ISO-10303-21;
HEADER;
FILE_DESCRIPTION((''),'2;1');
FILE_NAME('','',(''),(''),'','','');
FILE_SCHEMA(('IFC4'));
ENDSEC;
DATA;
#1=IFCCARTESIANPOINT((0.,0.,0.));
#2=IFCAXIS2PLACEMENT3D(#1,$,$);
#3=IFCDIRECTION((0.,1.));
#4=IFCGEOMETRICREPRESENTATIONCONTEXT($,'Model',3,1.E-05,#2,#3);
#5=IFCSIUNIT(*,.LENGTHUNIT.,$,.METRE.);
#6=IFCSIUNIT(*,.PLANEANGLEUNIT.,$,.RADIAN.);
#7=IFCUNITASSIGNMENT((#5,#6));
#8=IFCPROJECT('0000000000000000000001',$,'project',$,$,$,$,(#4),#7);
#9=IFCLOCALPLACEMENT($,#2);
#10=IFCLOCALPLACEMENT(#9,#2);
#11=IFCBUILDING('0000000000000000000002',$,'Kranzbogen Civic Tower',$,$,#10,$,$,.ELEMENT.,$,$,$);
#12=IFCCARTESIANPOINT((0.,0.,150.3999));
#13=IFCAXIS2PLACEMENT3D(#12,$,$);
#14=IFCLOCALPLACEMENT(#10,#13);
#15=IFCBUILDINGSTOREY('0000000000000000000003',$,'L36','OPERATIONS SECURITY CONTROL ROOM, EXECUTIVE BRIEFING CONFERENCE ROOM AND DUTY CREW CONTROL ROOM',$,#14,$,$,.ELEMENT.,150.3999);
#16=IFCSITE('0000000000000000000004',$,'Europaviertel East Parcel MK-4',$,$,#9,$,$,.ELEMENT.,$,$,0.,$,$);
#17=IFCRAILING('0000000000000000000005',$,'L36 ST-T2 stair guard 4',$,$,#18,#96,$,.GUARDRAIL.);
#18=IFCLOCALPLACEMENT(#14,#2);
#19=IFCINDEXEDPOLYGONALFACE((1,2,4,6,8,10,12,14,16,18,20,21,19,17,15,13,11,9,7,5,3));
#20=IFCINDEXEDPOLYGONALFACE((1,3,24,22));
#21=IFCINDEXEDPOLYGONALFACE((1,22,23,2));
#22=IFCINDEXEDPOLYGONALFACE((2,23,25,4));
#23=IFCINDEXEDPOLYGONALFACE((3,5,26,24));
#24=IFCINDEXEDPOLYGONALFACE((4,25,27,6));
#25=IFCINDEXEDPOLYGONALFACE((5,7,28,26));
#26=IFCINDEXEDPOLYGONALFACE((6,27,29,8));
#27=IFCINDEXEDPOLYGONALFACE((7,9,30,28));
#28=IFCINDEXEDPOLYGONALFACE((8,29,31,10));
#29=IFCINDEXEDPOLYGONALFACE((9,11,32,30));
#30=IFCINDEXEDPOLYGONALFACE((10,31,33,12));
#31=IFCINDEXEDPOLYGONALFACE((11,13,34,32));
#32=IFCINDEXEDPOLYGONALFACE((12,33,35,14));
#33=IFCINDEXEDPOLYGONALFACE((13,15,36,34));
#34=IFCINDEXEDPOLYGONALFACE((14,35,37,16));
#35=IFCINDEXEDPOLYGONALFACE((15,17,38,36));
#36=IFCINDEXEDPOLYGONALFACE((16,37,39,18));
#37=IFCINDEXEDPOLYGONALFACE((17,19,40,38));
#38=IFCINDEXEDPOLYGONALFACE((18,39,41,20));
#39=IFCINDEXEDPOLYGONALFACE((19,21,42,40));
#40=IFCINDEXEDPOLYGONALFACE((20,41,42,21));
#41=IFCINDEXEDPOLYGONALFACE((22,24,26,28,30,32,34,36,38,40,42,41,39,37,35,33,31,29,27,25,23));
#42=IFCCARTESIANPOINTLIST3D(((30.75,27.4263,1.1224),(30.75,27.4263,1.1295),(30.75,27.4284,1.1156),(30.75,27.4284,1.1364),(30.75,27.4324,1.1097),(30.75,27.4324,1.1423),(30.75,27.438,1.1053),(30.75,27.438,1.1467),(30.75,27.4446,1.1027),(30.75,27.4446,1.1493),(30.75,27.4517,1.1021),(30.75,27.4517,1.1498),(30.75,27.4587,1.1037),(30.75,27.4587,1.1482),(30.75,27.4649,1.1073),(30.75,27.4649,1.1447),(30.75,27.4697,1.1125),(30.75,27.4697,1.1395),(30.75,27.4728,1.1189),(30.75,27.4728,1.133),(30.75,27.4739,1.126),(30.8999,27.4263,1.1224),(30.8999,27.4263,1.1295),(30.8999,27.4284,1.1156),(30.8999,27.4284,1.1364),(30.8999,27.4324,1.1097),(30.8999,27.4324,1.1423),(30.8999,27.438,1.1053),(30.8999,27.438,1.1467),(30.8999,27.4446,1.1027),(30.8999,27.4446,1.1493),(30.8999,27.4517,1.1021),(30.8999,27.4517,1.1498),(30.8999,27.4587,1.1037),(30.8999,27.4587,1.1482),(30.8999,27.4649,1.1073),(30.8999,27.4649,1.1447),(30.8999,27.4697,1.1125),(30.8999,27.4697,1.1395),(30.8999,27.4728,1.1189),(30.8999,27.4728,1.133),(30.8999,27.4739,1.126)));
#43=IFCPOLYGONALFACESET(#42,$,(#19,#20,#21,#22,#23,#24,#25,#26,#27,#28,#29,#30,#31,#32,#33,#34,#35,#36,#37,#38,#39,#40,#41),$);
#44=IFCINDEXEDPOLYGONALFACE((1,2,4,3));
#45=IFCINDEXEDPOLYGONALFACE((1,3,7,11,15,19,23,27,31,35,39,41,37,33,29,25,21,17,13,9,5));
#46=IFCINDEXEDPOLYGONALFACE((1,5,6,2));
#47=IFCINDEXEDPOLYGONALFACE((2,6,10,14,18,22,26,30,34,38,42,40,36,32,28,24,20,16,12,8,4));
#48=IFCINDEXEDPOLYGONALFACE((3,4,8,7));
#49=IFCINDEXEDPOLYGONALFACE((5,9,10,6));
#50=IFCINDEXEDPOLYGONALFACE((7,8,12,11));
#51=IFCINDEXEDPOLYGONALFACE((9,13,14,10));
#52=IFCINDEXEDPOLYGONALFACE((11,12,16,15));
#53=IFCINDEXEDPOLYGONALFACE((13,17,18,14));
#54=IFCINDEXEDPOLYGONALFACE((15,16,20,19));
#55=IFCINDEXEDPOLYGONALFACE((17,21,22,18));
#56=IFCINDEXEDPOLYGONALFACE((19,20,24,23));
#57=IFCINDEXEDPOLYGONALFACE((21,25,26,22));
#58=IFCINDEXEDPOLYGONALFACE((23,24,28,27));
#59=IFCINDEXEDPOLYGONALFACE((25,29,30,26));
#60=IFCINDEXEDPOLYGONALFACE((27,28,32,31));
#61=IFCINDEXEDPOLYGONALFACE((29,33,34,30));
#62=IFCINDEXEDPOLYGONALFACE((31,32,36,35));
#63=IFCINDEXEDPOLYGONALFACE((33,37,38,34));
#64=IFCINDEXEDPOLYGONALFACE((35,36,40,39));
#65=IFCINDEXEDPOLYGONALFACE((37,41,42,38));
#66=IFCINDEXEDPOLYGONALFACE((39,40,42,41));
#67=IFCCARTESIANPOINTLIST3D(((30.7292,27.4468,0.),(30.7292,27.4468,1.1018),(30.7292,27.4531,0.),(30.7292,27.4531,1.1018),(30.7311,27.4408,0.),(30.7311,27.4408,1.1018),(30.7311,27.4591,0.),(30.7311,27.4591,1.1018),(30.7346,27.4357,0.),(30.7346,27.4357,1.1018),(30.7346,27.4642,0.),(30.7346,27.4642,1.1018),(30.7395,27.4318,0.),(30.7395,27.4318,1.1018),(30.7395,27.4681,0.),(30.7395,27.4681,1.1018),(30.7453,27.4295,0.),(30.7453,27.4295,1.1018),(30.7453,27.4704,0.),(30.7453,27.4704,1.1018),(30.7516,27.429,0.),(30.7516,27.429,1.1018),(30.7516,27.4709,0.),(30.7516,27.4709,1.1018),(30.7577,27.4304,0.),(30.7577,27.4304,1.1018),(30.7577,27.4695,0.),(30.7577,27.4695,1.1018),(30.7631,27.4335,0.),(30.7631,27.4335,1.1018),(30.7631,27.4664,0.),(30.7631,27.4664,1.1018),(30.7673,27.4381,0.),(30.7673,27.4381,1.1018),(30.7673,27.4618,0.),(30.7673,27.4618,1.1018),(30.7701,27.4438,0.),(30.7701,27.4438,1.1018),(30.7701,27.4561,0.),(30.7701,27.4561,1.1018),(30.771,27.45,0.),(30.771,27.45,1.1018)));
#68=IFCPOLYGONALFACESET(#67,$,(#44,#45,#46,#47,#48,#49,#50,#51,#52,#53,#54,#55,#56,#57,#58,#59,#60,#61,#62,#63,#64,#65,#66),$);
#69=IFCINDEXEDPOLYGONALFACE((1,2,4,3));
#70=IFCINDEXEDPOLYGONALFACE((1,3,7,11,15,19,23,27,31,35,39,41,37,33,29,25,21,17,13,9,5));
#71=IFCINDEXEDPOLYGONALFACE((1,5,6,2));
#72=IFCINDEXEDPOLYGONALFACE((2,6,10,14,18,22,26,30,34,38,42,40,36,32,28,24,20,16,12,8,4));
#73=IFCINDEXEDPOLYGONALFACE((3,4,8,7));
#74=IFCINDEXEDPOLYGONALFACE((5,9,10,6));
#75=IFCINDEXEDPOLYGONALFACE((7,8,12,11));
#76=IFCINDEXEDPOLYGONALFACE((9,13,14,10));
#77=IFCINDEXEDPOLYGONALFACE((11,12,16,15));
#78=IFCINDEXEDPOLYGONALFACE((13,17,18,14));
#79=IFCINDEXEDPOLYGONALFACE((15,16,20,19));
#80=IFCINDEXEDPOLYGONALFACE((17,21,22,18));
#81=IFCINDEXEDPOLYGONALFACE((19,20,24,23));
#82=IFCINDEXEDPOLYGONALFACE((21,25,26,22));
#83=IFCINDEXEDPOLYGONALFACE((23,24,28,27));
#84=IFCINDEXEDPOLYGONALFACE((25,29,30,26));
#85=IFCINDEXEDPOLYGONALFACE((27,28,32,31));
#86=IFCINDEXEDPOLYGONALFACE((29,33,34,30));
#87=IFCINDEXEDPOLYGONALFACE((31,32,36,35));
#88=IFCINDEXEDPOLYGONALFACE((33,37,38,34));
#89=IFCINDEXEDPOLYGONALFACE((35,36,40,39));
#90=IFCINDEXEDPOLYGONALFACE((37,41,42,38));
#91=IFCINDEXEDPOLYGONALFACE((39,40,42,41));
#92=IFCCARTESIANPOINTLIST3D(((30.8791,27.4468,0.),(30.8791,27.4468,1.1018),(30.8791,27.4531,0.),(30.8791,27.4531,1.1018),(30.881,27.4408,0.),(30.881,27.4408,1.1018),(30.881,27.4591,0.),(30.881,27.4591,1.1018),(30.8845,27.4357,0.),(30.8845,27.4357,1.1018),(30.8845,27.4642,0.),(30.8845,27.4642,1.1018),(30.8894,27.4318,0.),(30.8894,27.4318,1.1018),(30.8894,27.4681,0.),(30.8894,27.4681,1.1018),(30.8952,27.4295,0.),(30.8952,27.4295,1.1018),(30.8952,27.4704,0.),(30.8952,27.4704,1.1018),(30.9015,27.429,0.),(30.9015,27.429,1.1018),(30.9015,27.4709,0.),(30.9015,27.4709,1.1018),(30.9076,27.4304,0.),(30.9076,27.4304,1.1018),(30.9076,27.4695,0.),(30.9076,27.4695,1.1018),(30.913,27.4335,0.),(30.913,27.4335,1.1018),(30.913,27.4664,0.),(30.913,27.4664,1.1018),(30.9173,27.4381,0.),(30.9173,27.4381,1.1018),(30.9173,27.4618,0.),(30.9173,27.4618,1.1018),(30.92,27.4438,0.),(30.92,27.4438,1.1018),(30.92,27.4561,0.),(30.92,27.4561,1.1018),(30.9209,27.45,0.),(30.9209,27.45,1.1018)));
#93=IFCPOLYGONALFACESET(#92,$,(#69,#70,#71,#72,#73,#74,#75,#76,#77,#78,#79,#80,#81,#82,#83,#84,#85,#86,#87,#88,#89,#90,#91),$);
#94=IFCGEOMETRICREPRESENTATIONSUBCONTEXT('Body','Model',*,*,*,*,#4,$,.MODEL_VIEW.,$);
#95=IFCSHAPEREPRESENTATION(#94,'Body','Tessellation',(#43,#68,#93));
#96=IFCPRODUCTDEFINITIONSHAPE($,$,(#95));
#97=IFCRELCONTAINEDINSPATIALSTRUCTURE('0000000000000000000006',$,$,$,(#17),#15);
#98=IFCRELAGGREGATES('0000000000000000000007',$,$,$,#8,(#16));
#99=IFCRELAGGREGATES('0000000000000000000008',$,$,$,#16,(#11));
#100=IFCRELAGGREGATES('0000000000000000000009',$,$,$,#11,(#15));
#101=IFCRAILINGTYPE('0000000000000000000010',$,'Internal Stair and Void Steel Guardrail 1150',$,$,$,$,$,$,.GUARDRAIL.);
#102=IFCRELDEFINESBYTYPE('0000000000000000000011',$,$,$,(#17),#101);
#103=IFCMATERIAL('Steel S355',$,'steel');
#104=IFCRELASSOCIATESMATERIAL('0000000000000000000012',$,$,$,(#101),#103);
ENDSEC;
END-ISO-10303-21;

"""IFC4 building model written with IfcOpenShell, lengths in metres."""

from ifc_helpers import new_model, si_unit, direction, frame, origin, origin_2d, place, context, subcontext, project, spatial, circle, extrude, material, type_object, element, save


model = new_model("IFC4")

# Units and contexts
model_context = context("Model", 3, precision=1e-05, world=origin(), true_north=direction((0.0, 1.0)))
body_context = subcontext(model_context, "Body", "Model", "MODEL_VIEW")
ifc_project = project(units=[si_unit("LENGTHUNIT", "METRE"), si_unit("PLANEANGLEUNIT", "RADIAN")], contexts=[model_context])

# Site, building, storey
site_placement = place(None, origin())
site = spatial("IfcSite", under=ifc_project, at=site_placement, Name="Europaviertel East Parcel MK-4", CompositionType="ELEMENT", RefElevation=0.0)
building_placement = place(site_placement, origin())
building = spatial("IfcBuilding", under=site, at=building_placement, Name="Kranzbogen Civic Tower", CompositionType="ELEMENT")
storey_placement = place(building_placement, frame((0.0, 0.0, 150.3999)))
storey = spatial("IfcBuildingStorey", under=building, at=storey_placement, Name="L36", Description="OPERATIONS SECURITY CONTROL ROOM, EXECUTIVE BRIEFING CONFERENCE ROOM AND DUTY CREW CONTROL ROOM", CompositionType="ELEMENT", Elevation=150.3999)

# Shared definitions
ifc_material_1 = material(Name="Steel S355", Category="steel")

# Railing
railing_type_1 = type_object("IfcRailingType", Name="Internal Stair and Void Steel Guardrail 1150", PredefinedType="GUARDRAIL", material=ifc_material_1)
railing_1_placement = place(storey_placement, frame((30.75, 27.45, 0.0)))
element("IfcRailing", 1, at=railing_1_placement, inside=storey, type_object=railing_type_1, Name="L36 ST-T2 stair guard 4", PredefinedType="GUARDRAIL", context=body_context, shape_type="SweptSolid", body=[
    extrude(circle(Radius=0.0239, at=origin_2d()), frame((0.0, 0.0, 1.126), z_axis=(1.0, 0.0, 0.0), x_axis=(0.0, 1.0, 0.0)), (0.0, 0.0, 1.0), 0.1499),
    extrude(circle(Radius=0.021, at=origin_2d()), origin(), (0.0, 0.0, 1.0), 1.1018),
    extrude(circle(Radius=0.021, at=origin_2d()), frame((0.1499, 0.0, 0.0)), (0.0, 0.0, 1.0), 1.1018),
])

save(model, "model.ifc")
